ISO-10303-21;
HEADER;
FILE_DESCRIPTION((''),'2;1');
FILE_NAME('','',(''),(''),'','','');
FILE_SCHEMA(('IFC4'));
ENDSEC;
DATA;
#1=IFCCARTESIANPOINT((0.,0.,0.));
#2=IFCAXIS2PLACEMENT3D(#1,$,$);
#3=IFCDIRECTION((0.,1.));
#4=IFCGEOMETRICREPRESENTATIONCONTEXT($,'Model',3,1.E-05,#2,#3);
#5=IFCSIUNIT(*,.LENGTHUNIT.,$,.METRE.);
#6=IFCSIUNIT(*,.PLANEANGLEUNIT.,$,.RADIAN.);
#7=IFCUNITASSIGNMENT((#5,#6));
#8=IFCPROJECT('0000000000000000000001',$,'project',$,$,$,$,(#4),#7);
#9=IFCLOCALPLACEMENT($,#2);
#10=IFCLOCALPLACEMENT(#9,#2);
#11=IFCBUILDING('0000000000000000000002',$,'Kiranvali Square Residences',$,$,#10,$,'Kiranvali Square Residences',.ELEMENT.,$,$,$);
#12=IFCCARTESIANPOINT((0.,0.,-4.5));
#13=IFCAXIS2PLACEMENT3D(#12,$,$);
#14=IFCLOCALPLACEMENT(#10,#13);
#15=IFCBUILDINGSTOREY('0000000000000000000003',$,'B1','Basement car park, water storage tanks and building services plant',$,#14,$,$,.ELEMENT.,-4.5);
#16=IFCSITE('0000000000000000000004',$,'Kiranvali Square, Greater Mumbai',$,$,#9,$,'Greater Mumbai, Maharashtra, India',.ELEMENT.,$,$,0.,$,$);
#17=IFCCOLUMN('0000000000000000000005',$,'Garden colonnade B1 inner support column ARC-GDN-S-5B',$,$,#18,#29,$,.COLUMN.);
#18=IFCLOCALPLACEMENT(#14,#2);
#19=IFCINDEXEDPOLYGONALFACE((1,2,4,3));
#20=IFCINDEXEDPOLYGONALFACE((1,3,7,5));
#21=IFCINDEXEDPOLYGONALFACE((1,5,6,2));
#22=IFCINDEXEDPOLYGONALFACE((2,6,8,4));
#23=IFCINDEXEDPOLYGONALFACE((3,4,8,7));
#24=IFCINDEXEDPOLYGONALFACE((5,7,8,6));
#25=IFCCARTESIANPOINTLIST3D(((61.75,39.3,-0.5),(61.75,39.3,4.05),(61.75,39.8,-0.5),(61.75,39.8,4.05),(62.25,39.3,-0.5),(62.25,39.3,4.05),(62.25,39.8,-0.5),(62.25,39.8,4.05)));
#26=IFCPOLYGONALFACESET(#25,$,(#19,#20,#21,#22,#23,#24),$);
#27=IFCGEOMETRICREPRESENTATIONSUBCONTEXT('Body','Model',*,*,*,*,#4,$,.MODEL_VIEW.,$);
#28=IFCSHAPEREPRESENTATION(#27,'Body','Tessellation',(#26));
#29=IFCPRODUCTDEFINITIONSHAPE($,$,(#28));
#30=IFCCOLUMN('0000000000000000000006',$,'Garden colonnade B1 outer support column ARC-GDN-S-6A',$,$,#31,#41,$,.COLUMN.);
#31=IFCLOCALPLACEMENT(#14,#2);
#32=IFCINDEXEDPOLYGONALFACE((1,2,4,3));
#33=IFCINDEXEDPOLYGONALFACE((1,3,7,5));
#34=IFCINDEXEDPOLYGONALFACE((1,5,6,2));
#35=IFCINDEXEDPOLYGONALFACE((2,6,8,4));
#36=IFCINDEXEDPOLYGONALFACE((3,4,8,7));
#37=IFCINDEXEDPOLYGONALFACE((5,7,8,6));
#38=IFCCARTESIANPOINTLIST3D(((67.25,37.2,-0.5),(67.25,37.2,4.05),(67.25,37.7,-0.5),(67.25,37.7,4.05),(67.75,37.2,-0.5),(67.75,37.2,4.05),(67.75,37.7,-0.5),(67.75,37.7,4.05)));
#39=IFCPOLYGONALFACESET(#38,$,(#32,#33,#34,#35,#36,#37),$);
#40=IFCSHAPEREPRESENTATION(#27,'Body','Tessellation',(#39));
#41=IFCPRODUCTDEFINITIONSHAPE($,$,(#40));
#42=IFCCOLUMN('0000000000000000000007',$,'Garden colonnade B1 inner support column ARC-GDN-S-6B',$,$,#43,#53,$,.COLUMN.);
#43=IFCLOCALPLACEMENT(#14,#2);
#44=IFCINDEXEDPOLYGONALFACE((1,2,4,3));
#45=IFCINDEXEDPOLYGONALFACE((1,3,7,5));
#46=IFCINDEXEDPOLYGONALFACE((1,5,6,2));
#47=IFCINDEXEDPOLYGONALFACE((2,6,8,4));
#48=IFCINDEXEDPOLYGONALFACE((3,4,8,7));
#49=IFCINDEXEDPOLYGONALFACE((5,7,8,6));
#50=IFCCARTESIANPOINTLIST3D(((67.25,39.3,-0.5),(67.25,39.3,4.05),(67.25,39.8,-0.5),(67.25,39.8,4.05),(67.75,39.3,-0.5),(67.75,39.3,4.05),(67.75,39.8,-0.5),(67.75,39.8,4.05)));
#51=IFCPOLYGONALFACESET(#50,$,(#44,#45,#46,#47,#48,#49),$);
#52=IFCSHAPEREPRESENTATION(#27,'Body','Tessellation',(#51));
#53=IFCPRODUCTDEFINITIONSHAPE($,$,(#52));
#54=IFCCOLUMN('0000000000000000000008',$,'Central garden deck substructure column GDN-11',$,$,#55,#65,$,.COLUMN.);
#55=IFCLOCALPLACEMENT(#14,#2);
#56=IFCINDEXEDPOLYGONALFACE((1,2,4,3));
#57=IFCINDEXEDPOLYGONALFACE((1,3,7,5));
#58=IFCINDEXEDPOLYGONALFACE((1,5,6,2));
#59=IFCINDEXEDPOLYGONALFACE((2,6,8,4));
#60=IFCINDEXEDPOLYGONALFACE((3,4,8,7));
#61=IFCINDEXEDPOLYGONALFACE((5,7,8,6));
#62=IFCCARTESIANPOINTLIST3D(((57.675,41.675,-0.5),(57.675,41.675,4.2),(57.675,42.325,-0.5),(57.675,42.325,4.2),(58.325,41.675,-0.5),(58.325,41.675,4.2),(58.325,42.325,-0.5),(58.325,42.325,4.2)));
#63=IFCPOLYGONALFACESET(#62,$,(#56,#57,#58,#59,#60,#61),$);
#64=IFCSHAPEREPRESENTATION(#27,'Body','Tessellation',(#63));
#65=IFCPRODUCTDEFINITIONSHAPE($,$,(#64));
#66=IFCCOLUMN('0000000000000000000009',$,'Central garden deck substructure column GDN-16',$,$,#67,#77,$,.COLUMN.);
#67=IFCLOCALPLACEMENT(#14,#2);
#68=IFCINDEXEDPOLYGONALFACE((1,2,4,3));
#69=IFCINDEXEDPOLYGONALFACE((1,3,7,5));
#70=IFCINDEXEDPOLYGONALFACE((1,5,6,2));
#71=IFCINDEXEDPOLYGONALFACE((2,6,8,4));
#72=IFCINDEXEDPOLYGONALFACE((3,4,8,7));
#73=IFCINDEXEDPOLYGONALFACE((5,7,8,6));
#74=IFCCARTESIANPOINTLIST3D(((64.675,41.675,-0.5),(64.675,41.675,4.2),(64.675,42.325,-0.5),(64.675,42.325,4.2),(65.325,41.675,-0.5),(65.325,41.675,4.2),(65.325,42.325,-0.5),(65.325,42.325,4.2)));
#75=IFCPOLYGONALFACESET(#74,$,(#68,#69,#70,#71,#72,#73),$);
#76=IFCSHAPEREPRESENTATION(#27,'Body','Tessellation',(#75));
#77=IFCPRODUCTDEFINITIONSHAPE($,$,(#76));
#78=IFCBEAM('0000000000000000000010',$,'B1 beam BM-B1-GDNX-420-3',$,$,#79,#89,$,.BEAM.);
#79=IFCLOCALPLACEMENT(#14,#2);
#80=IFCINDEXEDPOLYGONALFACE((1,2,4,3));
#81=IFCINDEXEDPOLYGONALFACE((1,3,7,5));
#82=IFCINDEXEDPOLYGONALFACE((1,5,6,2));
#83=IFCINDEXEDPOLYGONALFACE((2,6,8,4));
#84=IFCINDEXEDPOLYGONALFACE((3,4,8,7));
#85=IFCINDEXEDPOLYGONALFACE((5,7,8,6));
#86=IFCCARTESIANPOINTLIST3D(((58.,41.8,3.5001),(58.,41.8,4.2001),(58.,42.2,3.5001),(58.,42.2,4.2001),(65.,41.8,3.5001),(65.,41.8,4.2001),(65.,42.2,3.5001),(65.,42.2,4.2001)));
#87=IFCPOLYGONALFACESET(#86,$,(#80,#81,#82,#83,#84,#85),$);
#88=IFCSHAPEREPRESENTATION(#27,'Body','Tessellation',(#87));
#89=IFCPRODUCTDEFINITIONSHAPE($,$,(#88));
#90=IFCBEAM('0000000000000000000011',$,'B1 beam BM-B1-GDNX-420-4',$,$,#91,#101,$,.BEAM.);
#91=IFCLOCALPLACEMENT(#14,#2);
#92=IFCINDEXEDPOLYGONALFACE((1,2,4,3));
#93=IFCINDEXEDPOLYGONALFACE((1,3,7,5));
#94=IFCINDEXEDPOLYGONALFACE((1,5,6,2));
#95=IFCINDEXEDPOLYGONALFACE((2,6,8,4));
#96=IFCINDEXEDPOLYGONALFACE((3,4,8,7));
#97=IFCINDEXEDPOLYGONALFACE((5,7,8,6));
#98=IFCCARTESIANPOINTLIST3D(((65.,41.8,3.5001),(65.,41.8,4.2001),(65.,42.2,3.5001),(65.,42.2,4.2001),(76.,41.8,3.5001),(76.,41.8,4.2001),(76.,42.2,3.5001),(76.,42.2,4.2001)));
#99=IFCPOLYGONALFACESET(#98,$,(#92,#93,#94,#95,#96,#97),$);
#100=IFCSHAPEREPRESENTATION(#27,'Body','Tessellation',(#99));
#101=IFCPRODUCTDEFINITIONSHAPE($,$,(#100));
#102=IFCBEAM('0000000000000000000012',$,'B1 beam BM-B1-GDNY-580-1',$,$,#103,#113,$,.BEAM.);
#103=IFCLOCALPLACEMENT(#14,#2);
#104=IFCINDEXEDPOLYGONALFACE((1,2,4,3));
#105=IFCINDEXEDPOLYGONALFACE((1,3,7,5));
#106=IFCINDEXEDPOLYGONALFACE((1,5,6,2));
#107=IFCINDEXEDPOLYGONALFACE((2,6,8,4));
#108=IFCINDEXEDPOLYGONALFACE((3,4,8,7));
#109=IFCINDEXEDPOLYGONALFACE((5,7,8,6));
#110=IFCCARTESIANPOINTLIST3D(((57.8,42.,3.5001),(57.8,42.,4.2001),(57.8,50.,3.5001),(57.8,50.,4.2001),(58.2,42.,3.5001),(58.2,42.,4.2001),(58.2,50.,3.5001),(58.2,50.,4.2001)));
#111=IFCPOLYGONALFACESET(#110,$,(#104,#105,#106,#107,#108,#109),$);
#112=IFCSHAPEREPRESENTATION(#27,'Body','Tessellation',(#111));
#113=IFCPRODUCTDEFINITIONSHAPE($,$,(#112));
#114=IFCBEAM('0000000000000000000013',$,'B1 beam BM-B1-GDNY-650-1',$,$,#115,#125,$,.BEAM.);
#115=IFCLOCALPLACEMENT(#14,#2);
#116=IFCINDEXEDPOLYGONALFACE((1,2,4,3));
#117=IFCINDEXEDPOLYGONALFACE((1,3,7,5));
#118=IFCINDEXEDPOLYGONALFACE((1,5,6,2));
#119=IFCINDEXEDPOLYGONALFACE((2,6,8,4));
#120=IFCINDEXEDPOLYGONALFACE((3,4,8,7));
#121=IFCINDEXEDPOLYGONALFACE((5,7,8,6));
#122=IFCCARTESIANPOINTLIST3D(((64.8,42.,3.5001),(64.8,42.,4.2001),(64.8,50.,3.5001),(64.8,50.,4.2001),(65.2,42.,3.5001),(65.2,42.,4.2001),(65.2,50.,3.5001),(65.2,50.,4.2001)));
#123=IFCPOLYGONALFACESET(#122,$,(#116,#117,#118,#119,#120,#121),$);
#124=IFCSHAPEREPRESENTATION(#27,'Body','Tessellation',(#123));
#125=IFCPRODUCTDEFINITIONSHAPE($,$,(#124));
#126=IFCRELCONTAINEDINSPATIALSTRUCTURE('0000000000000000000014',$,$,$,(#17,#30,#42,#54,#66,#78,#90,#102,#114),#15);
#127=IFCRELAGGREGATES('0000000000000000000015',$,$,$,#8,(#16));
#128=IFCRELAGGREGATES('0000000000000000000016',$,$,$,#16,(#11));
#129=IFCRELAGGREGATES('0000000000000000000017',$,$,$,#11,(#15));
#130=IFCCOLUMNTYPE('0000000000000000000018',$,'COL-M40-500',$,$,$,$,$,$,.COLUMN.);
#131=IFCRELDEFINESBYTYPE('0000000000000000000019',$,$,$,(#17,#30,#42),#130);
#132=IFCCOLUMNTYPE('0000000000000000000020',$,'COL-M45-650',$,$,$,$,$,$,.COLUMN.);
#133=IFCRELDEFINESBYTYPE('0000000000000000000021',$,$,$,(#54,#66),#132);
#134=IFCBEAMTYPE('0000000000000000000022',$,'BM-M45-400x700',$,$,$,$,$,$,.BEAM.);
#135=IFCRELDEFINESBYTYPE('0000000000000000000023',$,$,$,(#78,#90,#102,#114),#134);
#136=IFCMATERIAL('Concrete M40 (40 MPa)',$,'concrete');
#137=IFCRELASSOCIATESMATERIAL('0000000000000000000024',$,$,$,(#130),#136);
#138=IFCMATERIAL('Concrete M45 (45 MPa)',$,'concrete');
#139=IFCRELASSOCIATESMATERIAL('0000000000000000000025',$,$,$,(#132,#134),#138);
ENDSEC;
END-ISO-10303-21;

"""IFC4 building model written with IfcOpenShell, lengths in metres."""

from ifc_helpers import new_model, si_unit, direction, frame, origin, origin_2d, place, context, subcontext, project, spatial, rectangle, extrude, material, material_profile, profile_set, type_object, element, save


model = new_model("IFC4")

# Units and contexts
model_context = context("Model", 3, precision=1e-05, world=origin(), true_north=direction((0.0, 1.0)))
body_context = subcontext(model_context, "Body", "Model", "MODEL_VIEW")
ifc_project = project(units=[si_unit("LENGTHUNIT", "METRE"), si_unit("PLANEANGLEUNIT", "RADIAN")], contexts=[model_context])

# Site, building, storey
site_placement = place(None, origin())
site = spatial("IfcSite", under=ifc_project, at=site_placement, Name="Kiranvali Square, Greater Mumbai", LongName="Greater Mumbai, Maharashtra, India", CompositionType="ELEMENT", RefElevation=0.0)
building_placement = place(site_placement, origin())
building = spatial("IfcBuilding", under=site, at=building_placement, Name="Kiranvali Square Residences", LongName="Kiranvali Square Residences", CompositionType="ELEMENT")
storey_placement = place(building_placement, frame((0.0, 0.0, -4.5)))
storey = spatial("IfcBuildingStorey", under=building, at=storey_placement, Name="B1", Description="Basement car park, water storage tanks and building services plant", CompositionType="ELEMENT", Elevation=-4.5)

# Shared definitions
ifc_material_1 = material(Name="Concrete M40 (40 MPa)", Category="concrete")

# Columns
ifc_material_profile_1 = material_profile(ifc_material_1, rectangle(XDim=0.5, YDim=0.5, at=origin_2d()), Name="RC 500x500")
ifc_profile_set_1 = profile_set([ifc_material_profile_1], Name="Concrete M40 (40 MPa)")
column_type_1 = type_object("IfcColumnType", Name="COL-M40-500", PredefinedType="COLUMN", material=ifc_profile_set_1)
for number, where, z_axis, x_axis, name in (
    (1, (62.0, 39.55, -0.5), (0.0, 0.0, 1.0), (1.0, 0.0, 0.0), "Garden colonnade B1 inner support column ARC-GDN-S-5B"),
    (2, (67.5, 37.45, -0.5), (0.0, 0.0, 1.0), (1.0, 0.0, 0.0), "Garden colonnade B1 outer support column ARC-GDN-S-6A"),
    (3, (67.5, 39.55, -0.5), (0.0, 0.0, 1.0), (1.0, 0.0, 0.0), "Garden colonnade B1 inner support column ARC-GDN-S-6B"),
):
    element("IfcColumn", number, at=place(storey_placement, frame(where, z_axis=z_axis, x_axis=x_axis)), inside=storey, type_object=column_type_1, Name=name, PredefinedType="COLUMN", context=body_context, shape_type="SweptSolid", body=[
        extrude(rectangle(XDim=0.5, YDim=0.5, at=origin_2d()), origin(), (0.0, 0.0, 1.0), 4.55),
    ])
ifc_material_2 = material(Name="Concrete M45 (45 MPa)", Category="concrete")
ifc_material_profile_2 = material_profile(ifc_material_2, rectangle(XDim=0.6499, YDim=0.6499, at=origin_2d()), Name="RC 650x650")
ifc_profile_set_2 = profile_set([ifc_material_profile_2], Name="Concrete M45 (45 MPa)")
column_type_2 = type_object("IfcColumnType", Name="COL-M45-650", PredefinedType="COLUMN", material=ifc_profile_set_2)
for number, where, z_axis, x_axis, name in (
    (4, (58.0, 42.0, -0.5), (0.0, 0.0, 1.0), (1.0, 0.0, 0.0), "Central garden deck substructure column GDN-11"),
    (5, (65.0, 42.0, -0.5), (0.0, 0.0, 1.0), (1.0, 0.0, 0.0), "Central garden deck substructure column GDN-16"),
):
    element("IfcColumn", number, at=place(storey_placement, frame(where, z_axis=z_axis, x_axis=x_axis)), inside=storey, type_object=column_type_2, Name=name, PredefinedType="COLUMN", context=body_context, shape_type="SweptSolid", body=[
        extrude(rectangle(XDim=0.6499, YDim=0.6499, at=origin_2d()), origin(), (0.0, 0.0, 1.0), 4.7),
    ])

# Beams
ifc_material_profile_3 = material_profile(ifc_material_2, rectangle(XDim=0.3999, YDim=0.7, at=origin_2d()), Name="RC 400x700")
ifc_profile_set_3 = profile_set([ifc_material_profile_3], Name="Concrete M45 (45 MPa)")
beam_type = type_object("IfcBeamType", Name="BM-M45-400x700", PredefinedType="BEAM", material=ifc_profile_set_3)
beam_1_placement = place(storey_placement, frame((58.0, 42.0, 3.8501), z_axis=(1.0, 0.0, 0.0), x_axis=(0.0, 1.0, 0.0)))
element("IfcBeam", 6, at=beam_1_placement, inside=storey, type_object=beam_type, Name="B1 beam BM-B1-GDNX-420-3", PredefinedType="BEAM", context=body_context, shape_type="SweptSolid", body=[
    extrude(rectangle(XDim=0.3999, YDim=0.7, at=origin_2d()), origin(), (0.0, 0.0, 1.0), 7.0),
])
beam_2_placement = place(storey_placement, frame((65.0, 42.0, 3.8501), z_axis=(1.0, 0.0, 0.0), x_axis=(0.0, 1.0, 0.0)))
element("IfcBeam", 7, at=beam_2_placement, inside=storey, type_object=beam_type, Name="B1 beam BM-B1-GDNX-420-4", PredefinedType="BEAM", context=body_context, shape_type="SweptSolid", body=[
    extrude(rectangle(XDim=0.3999, YDim=0.7, at=origin_2d()), origin(), (0.0, 0.0, 1.0), 11.0),
])
for number, where, z_axis, x_axis, name in (
    (8, (58.0, 42.0, 3.8501), (0.0, 1.0, 0.0), (-1.0, 0.0, 0.0), "B1 beam BM-B1-GDNY-580-1"),
    (9, (65.0, 42.0, 3.8501), (0.0, 1.0, 0.0), (-1.0, 0.0, 0.0), "B1 beam BM-B1-GDNY-650-1"),
):
    element("IfcBeam", number, at=place(storey_placement, frame(where, z_axis=z_axis, x_axis=x_axis)), inside=storey, type_object=beam_type, Name=name, PredefinedType="BEAM", context=body_context, shape_type="SweptSolid", body=[
        extrude(rectangle(XDim=0.3999, YDim=0.7, at=origin_2d()), origin(), (0.0, 0.0, 1.0), 8.0),
    ])

save(model, "model.ifc")
